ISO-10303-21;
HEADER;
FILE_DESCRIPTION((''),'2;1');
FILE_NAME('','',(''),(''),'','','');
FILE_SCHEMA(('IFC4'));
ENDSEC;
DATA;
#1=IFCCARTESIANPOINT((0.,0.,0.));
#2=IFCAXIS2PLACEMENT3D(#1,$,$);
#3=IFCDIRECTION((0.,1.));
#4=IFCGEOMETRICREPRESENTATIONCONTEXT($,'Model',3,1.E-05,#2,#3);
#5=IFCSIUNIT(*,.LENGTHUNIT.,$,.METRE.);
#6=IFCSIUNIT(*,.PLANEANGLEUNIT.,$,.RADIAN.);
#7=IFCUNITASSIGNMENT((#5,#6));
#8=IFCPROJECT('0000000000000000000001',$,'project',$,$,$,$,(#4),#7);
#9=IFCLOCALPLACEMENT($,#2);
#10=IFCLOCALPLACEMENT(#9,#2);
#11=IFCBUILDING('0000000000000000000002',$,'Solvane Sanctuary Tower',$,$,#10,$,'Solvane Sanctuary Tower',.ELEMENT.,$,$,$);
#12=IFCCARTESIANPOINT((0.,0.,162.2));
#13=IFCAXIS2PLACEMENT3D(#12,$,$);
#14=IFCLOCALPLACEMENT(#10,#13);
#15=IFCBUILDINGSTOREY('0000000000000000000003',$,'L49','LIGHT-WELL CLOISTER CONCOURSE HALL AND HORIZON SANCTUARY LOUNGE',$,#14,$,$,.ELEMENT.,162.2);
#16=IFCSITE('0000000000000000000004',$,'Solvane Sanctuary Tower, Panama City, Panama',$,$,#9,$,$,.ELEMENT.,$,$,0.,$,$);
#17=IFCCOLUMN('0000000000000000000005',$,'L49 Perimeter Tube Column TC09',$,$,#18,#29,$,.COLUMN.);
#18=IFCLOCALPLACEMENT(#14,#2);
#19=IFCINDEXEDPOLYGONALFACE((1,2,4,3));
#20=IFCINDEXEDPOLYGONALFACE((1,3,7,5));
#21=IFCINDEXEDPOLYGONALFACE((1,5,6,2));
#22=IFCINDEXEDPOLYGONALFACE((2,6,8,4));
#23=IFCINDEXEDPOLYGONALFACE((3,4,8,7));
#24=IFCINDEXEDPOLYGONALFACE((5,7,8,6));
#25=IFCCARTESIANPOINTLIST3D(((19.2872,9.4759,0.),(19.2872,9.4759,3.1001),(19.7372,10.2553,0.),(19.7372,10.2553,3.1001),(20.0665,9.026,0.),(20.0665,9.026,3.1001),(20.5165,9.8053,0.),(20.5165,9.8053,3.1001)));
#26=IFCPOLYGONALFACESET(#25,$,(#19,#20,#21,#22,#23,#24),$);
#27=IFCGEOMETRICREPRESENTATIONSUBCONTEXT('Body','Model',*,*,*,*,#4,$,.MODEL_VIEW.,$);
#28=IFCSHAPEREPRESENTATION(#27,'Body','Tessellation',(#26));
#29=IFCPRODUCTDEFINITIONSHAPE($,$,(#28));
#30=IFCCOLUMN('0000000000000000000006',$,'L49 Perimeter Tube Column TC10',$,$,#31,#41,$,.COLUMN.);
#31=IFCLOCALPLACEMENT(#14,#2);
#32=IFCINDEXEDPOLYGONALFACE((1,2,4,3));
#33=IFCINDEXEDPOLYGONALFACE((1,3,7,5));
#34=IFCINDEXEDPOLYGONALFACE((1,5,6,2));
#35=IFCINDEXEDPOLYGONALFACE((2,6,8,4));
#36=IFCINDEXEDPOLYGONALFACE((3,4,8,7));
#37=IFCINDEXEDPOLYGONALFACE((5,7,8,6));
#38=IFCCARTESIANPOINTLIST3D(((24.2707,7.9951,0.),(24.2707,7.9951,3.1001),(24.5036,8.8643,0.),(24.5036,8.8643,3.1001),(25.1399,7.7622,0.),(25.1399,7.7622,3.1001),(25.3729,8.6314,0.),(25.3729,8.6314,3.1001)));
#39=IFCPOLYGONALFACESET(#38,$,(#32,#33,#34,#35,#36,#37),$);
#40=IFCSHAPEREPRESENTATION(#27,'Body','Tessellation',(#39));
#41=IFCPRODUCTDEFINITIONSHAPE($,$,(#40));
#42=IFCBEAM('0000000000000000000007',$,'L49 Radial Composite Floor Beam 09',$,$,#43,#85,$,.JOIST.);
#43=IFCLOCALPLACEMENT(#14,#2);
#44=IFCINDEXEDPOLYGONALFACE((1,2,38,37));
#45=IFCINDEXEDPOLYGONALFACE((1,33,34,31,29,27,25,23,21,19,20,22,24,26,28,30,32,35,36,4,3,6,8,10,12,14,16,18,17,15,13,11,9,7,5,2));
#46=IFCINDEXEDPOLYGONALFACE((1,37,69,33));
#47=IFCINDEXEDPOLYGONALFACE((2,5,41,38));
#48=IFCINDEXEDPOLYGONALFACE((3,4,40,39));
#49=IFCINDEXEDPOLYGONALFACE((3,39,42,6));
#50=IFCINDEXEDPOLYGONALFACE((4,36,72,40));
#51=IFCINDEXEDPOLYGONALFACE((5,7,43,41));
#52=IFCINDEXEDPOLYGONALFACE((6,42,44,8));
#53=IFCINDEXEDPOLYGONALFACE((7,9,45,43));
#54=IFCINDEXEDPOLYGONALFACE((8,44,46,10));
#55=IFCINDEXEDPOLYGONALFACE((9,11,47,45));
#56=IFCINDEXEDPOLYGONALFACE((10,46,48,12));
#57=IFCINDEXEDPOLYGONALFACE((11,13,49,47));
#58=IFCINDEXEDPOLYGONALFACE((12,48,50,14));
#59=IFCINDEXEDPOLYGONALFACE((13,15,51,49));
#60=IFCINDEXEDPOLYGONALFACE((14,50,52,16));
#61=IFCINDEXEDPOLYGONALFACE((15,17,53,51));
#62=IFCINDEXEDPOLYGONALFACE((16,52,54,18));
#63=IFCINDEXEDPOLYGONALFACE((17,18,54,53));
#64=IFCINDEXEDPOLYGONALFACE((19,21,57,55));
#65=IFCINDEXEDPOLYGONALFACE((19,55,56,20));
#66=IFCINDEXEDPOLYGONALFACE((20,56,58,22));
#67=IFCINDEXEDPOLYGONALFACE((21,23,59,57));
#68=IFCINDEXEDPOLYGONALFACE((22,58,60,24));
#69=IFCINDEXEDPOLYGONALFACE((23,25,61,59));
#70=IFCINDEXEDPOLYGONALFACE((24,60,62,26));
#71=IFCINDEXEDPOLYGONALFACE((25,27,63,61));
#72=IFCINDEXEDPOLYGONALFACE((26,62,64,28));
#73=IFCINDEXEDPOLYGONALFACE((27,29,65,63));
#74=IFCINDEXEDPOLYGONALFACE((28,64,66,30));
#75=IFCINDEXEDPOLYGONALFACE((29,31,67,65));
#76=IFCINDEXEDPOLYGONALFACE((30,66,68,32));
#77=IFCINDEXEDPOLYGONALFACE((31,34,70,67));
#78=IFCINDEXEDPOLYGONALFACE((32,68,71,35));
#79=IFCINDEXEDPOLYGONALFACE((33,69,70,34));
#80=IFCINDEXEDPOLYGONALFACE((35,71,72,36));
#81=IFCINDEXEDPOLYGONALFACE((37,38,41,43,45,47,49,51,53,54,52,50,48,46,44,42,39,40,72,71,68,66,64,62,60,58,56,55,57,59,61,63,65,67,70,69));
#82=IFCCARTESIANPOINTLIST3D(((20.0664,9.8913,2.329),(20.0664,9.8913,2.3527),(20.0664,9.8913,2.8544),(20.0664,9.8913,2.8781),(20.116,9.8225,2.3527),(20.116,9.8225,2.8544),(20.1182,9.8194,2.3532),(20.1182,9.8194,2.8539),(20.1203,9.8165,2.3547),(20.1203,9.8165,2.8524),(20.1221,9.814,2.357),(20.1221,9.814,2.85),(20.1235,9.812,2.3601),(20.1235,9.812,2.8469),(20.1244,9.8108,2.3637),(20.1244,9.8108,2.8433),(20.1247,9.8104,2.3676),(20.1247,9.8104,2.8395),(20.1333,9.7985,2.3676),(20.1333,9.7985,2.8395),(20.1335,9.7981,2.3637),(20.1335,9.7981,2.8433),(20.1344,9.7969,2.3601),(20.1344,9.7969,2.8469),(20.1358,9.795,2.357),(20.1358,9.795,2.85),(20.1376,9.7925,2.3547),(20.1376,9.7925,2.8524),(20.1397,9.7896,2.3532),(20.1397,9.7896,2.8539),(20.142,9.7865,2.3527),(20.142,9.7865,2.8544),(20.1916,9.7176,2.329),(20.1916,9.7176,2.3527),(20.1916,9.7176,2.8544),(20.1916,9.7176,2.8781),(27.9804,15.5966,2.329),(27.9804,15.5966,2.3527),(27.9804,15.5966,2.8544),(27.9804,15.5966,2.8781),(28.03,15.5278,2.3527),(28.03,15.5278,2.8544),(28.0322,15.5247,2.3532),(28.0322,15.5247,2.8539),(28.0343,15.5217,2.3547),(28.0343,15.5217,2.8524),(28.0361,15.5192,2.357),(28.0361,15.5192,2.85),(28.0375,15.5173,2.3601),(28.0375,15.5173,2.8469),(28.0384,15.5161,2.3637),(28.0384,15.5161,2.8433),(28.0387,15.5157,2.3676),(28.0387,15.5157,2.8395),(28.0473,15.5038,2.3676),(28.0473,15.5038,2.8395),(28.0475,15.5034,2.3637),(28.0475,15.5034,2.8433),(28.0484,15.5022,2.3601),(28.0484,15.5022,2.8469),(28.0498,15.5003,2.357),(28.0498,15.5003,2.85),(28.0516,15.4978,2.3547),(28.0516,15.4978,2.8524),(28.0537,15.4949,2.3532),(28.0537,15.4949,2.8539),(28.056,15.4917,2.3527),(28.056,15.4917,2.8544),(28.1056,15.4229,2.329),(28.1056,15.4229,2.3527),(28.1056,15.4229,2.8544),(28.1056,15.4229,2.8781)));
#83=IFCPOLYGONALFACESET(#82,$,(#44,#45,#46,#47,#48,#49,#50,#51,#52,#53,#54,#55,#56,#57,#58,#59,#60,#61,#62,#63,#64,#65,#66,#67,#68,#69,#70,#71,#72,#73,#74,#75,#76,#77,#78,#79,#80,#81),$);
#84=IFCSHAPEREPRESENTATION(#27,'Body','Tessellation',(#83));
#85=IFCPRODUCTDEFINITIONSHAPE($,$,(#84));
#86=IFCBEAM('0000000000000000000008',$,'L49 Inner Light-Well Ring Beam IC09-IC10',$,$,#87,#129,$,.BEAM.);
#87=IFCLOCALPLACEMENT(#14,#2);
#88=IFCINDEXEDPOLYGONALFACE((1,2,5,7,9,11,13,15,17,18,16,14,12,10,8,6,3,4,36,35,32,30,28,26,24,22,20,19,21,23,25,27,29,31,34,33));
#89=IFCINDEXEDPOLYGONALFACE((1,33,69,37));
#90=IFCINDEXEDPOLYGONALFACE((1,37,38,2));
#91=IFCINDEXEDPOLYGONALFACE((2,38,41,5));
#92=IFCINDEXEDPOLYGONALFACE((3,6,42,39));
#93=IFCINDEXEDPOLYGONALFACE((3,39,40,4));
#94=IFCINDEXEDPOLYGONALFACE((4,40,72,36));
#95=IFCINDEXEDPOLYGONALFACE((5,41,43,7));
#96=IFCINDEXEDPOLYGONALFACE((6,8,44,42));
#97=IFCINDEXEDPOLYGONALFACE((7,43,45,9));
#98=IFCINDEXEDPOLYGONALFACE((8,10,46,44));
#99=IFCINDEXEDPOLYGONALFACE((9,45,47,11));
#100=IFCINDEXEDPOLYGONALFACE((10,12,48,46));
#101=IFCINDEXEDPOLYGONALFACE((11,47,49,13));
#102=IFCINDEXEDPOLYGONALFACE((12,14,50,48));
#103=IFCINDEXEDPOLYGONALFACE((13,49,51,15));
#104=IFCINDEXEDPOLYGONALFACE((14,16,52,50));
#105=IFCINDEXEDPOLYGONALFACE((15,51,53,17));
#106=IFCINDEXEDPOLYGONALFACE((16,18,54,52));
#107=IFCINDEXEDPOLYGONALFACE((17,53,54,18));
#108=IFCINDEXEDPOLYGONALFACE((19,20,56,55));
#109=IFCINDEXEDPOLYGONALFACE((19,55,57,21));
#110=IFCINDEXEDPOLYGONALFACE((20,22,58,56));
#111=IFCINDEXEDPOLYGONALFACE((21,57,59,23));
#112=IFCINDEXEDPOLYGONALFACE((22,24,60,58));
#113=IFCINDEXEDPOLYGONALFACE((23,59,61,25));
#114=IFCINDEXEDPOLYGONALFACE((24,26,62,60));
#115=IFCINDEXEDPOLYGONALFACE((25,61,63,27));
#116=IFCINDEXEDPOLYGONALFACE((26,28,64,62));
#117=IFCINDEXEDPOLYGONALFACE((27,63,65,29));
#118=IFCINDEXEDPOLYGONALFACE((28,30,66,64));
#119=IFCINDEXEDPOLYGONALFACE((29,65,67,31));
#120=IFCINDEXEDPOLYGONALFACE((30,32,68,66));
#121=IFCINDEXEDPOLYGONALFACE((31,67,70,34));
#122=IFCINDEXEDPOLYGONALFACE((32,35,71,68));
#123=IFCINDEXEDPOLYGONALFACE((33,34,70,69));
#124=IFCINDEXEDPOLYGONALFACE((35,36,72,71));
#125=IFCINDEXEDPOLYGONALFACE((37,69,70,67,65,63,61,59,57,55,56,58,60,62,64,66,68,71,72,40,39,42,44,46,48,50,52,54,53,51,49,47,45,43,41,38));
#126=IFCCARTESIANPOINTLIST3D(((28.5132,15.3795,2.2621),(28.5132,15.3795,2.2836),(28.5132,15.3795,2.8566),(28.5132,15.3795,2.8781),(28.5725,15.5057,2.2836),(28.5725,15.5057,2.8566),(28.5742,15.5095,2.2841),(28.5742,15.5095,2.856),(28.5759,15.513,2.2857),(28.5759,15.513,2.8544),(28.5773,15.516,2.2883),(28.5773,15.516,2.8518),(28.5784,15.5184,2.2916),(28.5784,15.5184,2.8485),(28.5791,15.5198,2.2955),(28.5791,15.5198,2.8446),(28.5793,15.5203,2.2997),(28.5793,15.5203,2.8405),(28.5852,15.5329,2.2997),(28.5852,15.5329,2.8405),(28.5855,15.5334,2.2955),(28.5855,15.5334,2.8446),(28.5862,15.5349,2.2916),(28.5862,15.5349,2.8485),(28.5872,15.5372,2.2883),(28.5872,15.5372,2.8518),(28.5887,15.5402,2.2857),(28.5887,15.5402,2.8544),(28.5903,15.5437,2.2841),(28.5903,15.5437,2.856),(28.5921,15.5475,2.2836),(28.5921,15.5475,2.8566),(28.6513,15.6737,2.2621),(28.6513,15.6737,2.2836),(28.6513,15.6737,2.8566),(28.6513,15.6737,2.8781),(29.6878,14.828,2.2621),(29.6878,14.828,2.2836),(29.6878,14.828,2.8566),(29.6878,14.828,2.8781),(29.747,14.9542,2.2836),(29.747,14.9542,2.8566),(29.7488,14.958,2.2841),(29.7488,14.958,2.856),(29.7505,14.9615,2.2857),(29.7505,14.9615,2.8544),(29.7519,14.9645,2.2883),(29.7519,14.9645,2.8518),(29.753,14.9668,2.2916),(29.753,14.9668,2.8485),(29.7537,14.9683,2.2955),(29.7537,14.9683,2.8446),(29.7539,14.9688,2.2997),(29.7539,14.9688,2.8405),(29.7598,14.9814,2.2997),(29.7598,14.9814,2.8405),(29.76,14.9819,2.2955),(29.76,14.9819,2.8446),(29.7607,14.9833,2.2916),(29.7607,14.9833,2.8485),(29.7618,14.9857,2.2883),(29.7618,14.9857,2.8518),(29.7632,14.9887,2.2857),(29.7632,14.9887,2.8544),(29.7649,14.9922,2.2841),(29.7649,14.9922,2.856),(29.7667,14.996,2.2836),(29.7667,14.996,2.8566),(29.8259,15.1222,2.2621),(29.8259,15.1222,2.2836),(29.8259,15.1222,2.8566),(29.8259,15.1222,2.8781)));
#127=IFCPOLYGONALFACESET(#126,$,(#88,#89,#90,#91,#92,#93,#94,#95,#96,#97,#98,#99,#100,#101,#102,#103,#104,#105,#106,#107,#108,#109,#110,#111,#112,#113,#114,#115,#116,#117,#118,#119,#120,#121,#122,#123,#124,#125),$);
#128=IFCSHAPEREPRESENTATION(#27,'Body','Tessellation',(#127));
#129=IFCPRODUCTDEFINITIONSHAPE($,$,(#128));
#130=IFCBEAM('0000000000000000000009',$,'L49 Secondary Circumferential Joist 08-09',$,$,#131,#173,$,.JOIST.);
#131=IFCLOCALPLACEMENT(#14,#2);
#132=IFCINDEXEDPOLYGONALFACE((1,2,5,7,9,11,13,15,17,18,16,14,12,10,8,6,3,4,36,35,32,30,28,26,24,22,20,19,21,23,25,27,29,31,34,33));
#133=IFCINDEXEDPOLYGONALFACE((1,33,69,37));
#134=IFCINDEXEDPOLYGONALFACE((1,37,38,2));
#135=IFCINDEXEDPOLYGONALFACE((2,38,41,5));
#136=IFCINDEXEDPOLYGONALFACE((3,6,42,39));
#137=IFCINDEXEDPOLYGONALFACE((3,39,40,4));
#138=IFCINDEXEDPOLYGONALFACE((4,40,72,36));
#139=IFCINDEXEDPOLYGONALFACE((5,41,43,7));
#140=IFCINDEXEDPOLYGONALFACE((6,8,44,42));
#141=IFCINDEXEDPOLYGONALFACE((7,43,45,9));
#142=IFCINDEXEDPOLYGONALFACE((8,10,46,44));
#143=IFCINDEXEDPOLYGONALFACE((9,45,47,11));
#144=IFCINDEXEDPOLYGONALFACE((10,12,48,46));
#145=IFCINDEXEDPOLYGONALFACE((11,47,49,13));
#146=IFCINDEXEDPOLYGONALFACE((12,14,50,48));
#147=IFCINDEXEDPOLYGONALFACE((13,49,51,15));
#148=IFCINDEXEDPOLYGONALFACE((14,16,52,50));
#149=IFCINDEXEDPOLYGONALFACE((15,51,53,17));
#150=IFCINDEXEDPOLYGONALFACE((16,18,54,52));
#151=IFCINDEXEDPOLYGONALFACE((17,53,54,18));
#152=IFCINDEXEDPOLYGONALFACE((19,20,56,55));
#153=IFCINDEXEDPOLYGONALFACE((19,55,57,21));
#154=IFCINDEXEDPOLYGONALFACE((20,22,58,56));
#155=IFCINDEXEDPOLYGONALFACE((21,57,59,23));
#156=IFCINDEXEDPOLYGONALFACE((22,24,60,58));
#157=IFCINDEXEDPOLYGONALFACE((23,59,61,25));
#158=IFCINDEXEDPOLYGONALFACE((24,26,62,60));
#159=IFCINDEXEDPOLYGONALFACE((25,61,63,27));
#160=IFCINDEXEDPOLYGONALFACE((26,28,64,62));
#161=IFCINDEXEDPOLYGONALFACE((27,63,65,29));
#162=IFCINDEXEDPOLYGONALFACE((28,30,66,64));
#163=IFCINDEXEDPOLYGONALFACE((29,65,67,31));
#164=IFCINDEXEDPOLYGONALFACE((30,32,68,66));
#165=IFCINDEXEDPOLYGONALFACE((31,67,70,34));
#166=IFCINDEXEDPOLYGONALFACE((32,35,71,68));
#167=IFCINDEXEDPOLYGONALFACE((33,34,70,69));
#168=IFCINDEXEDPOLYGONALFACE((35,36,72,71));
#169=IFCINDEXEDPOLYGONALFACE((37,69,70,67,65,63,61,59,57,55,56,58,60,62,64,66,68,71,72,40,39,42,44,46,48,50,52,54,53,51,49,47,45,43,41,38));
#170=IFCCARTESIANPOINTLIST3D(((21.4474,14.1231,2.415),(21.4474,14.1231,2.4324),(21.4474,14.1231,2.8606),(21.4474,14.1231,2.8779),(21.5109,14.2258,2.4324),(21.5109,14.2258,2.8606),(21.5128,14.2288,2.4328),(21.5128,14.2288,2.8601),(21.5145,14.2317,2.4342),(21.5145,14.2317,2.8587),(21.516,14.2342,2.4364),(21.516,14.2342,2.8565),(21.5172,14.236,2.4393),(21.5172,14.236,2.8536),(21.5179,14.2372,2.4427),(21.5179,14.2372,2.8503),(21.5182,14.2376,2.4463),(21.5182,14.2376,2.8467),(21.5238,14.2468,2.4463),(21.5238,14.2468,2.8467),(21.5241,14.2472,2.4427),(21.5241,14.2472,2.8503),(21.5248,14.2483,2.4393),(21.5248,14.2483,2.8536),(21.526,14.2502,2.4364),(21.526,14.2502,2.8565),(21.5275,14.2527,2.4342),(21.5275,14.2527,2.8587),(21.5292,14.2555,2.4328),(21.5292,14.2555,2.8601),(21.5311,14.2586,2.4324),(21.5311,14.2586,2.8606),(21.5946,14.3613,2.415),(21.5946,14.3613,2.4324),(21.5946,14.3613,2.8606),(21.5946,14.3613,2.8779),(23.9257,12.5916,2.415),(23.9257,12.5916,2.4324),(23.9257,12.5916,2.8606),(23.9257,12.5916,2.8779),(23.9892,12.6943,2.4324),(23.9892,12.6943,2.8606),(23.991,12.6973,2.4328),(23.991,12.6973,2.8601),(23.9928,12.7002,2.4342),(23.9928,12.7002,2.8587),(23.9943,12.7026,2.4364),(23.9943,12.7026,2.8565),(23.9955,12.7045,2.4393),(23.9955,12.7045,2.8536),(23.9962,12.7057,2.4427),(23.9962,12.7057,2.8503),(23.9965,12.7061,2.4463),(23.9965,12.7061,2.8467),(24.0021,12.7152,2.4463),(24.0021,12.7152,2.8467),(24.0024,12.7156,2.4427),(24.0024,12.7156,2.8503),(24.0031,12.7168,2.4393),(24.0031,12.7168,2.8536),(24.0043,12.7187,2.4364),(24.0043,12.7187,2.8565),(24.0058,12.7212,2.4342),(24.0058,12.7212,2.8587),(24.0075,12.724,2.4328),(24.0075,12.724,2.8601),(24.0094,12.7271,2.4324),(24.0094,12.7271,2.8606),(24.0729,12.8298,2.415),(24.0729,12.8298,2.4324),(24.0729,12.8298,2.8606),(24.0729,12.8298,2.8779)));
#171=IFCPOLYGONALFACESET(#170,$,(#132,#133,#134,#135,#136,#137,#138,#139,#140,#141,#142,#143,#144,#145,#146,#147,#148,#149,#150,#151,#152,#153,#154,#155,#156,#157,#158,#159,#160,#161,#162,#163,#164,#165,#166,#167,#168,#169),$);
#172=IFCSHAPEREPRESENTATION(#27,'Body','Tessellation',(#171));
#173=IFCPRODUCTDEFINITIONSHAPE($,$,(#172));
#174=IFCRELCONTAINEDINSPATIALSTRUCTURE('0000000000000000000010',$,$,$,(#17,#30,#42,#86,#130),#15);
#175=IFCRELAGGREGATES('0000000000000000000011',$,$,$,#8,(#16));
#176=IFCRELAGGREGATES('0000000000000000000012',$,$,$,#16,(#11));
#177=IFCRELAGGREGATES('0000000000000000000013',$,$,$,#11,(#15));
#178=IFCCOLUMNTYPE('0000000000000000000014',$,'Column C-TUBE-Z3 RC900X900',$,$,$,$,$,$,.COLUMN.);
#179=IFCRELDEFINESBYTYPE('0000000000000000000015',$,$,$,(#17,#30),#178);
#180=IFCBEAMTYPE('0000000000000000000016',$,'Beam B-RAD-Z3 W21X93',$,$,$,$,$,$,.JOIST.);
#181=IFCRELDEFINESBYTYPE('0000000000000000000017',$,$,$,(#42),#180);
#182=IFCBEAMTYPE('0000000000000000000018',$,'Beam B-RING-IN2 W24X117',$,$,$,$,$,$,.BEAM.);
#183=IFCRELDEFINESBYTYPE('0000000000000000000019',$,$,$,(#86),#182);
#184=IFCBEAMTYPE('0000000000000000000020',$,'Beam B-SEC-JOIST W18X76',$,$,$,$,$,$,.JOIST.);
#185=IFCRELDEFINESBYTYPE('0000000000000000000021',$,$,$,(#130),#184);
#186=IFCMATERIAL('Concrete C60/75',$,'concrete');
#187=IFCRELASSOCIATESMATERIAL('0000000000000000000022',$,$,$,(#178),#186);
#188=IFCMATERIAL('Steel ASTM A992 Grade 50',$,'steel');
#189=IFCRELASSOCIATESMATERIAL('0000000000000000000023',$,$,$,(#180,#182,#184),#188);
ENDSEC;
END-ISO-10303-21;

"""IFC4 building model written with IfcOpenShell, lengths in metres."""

from ifc_helpers import new_model, si_unit, direction, frame, origin, origin_2d, place, context, subcontext, project, spatial, rectangle, i_section, extrude, material, material_profile, profile_set, type_object, element, save


model = new_model("IFC4")

# Units and contexts
model_context = context("Model", 3, precision=1e-05, world=origin(), true_north=direction((0.0, 1.0)))
body_context = subcontext(model_context, "Body", "Model", "MODEL_VIEW")
ifc_project = project(units=[si_unit("LENGTHUNIT", "METRE"), si_unit("PLANEANGLEUNIT", "RADIAN")], contexts=[model_context])

# Site, building, storey
site_placement = place(None, origin())
site = spatial("IfcSite", under=ifc_project, at=site_placement, Name="Solvane Sanctuary Tower, Panama City, Panama", CompositionType="ELEMENT", RefElevation=0.0)
building_placement = place(site_placement, origin())
building = spatial("IfcBuilding", under=site, at=building_placement, Name="Solvane Sanctuary Tower", LongName="Solvane Sanctuary Tower", CompositionType="ELEMENT")
storey_placement = place(building_placement, frame((0.0, 0.0, 162.2)))
storey = spatial("IfcBuildingStorey", under=building, at=storey_placement, Name="L49", Description="LIGHT-WELL CLOISTER CONCOURSE HALL AND HORIZON SANCTUARY LOUNGE", CompositionType="ELEMENT", Elevation=162.2)

# Columns
ifc_material_1 = material(Name="Concrete C60/75", Category="concrete")
ifc_material_profile_1 = material_profile(ifc_material_1, rectangle(XDim=0.8999, YDim=0.8999, at=origin_2d()), Name="RC900X900")
ifc_profile_set_1 = profile_set([ifc_material_profile_1], Name="Concrete C60/75")
column_type = type_object("IfcColumnType", Name="Column C-TUBE-Z3 RC900X900", PredefinedType="COLUMN", material=ifc_profile_set_1)
for number, where, z_axis, x_axis, name in (
    (1, (19.9019, 9.6406, 0.0), (0.0, 0.0, 1.0), (-0.5, -0.866025, 0.0), "L49 Perimeter Tube Column TC09"),
    (2, (24.8218, 8.3132, 0.0), (0.0, 0.0, 1.0), (-0.258819, -0.965926, 0.0), "L49 Perimeter Tube Column TC10"),
):
    element("IfcColumn", number, at=place(storey_placement, frame(where, z_axis=z_axis, x_axis=x_axis)), inside=storey, type_object=column_type, Name=name, PredefinedType="COLUMN", context=body_context, shape_type="SweptSolid", body=[
        extrude(rectangle(XDim=0.8999, YDim=0.8999, at=origin_2d()), origin(), (0.0, 0.0, 1.0), 3.1001),
    ])

# Beams
ifc_material_2 = material(Name="Steel ASTM A992 Grade 50", Category="steel")
ifc_material_profile_2 = material_profile(ifc_material_2, i_section(OverallWidth=0.2141, OverallDepth=0.5491, WebThickness=0.0146, FlangeThickness=0.0237, FilletRadius=0.0149, at=origin_2d()), Name="W21X93")
ifc_profile_set_2 = profile_set([ifc_material_profile_2], Name="Steel ASTM A992 Grade 50")
beam_type_1 = type_object("IfcBeamType", Name="Beam B-RAD-Z3 W21X93", PredefinedType="JOIST", material=ifc_profile_set_2)
beam_1_placement = place(storey_placement, frame((28.043, 15.5098, 2.6035), z_axis=(-0.811184, -0.58479, 0.0), x_axis=(0.58479, -0.811184, 0.0)))
element("IfcBeam", 3, at=beam_1_placement, inside=storey, type_object=beam_type_1, Name="L49 Radial Composite Floor Beam 09", PredefinedType="JOIST", context=body_context, shape_type="SweptSolid", body=[
    extrude(i_section(OverallWidth=0.2141, OverallDepth=0.5491, WebThickness=0.0146, FlangeThickness=0.0237, FilletRadius=0.0149, at=origin_2d()), origin(), (0.0, 0.0, 1.0), 9.7561),
])
ifc_material_profile_3 = material_profile(ifc_material_2, i_section(OverallWidth=0.325, OverallDepth=0.616, WebThickness=0.0139, FlangeThickness=0.0215, FilletRadius=0.0161, at=origin_2d()), Name="W24X117")
ifc_profile_set_3 = profile_set([ifc_material_profile_3], Name="Steel ASTM A992 Grade 50")
beam_type_2 = type_object("IfcBeamType", Name="Beam B-RING-IN2 W24X117", PredefinedType="BEAM", material=ifc_profile_set_3)
beam_2_placement = place(storey_placement, frame((28.5823, 15.5266, 2.5701), z_axis=(0.905181, -0.425027, 0.0), x_axis=(0.425027, 0.905181, 0.0)))
element("IfcBeam", 4, at=beam_2_placement, inside=storey, type_object=beam_type_2, Name="L49 Inner Light-Well Ring Beam IC09-IC10", PredefinedType="BEAM", context=body_context, shape_type="SweptSolid", body=[
    extrude(i_section(OverallWidth=0.325, OverallDepth=0.616, WebThickness=0.0139, FlangeThickness=0.0215, FilletRadius=0.0161, at=origin_2d()), origin(), (0.0, 0.0, 1.0), 1.2976),
])
ifc_material_profile_4 = material_profile(ifc_material_2, i_section(OverallWidth=0.28, OverallDepth=0.4629, WebThickness=0.0107, FlangeThickness=0.0173, FilletRadius=0.0139, at=origin_2d()), Name="W18X76")
ifc_profile_set_4 = profile_set([ifc_material_profile_4], Name="Steel ASTM A992 Grade 50")
beam_type_3 = type_object("IfcBeamType", Name="Beam B-SEC-JOIST W18X76", PredefinedType="JOIST", material=ifc_profile_set_4)
beam_3_placement = place(storey_placement, frame((21.521, 14.2422, 2.6465), z_axis=(0.850676, -0.525691, 0.0), x_axis=(0.525691, 0.850676, 0.0)))
element("IfcBeam", 5, at=beam_3_placement, inside=storey, type_object=beam_type_3, Name="L49 Secondary Circumferential Joist 08-09", PredefinedType="JOIST", context=body_context, shape_type="SweptSolid", body=[
    extrude(i_section(OverallWidth=0.28, OverallDepth=0.4629, WebThickness=0.0107, FlangeThickness=0.0173, FilletRadius=0.0139, at=origin_2d()), origin(), (0.0, 0.0, 1.0), 2.9133),
])

save(model, "model.ifc")
